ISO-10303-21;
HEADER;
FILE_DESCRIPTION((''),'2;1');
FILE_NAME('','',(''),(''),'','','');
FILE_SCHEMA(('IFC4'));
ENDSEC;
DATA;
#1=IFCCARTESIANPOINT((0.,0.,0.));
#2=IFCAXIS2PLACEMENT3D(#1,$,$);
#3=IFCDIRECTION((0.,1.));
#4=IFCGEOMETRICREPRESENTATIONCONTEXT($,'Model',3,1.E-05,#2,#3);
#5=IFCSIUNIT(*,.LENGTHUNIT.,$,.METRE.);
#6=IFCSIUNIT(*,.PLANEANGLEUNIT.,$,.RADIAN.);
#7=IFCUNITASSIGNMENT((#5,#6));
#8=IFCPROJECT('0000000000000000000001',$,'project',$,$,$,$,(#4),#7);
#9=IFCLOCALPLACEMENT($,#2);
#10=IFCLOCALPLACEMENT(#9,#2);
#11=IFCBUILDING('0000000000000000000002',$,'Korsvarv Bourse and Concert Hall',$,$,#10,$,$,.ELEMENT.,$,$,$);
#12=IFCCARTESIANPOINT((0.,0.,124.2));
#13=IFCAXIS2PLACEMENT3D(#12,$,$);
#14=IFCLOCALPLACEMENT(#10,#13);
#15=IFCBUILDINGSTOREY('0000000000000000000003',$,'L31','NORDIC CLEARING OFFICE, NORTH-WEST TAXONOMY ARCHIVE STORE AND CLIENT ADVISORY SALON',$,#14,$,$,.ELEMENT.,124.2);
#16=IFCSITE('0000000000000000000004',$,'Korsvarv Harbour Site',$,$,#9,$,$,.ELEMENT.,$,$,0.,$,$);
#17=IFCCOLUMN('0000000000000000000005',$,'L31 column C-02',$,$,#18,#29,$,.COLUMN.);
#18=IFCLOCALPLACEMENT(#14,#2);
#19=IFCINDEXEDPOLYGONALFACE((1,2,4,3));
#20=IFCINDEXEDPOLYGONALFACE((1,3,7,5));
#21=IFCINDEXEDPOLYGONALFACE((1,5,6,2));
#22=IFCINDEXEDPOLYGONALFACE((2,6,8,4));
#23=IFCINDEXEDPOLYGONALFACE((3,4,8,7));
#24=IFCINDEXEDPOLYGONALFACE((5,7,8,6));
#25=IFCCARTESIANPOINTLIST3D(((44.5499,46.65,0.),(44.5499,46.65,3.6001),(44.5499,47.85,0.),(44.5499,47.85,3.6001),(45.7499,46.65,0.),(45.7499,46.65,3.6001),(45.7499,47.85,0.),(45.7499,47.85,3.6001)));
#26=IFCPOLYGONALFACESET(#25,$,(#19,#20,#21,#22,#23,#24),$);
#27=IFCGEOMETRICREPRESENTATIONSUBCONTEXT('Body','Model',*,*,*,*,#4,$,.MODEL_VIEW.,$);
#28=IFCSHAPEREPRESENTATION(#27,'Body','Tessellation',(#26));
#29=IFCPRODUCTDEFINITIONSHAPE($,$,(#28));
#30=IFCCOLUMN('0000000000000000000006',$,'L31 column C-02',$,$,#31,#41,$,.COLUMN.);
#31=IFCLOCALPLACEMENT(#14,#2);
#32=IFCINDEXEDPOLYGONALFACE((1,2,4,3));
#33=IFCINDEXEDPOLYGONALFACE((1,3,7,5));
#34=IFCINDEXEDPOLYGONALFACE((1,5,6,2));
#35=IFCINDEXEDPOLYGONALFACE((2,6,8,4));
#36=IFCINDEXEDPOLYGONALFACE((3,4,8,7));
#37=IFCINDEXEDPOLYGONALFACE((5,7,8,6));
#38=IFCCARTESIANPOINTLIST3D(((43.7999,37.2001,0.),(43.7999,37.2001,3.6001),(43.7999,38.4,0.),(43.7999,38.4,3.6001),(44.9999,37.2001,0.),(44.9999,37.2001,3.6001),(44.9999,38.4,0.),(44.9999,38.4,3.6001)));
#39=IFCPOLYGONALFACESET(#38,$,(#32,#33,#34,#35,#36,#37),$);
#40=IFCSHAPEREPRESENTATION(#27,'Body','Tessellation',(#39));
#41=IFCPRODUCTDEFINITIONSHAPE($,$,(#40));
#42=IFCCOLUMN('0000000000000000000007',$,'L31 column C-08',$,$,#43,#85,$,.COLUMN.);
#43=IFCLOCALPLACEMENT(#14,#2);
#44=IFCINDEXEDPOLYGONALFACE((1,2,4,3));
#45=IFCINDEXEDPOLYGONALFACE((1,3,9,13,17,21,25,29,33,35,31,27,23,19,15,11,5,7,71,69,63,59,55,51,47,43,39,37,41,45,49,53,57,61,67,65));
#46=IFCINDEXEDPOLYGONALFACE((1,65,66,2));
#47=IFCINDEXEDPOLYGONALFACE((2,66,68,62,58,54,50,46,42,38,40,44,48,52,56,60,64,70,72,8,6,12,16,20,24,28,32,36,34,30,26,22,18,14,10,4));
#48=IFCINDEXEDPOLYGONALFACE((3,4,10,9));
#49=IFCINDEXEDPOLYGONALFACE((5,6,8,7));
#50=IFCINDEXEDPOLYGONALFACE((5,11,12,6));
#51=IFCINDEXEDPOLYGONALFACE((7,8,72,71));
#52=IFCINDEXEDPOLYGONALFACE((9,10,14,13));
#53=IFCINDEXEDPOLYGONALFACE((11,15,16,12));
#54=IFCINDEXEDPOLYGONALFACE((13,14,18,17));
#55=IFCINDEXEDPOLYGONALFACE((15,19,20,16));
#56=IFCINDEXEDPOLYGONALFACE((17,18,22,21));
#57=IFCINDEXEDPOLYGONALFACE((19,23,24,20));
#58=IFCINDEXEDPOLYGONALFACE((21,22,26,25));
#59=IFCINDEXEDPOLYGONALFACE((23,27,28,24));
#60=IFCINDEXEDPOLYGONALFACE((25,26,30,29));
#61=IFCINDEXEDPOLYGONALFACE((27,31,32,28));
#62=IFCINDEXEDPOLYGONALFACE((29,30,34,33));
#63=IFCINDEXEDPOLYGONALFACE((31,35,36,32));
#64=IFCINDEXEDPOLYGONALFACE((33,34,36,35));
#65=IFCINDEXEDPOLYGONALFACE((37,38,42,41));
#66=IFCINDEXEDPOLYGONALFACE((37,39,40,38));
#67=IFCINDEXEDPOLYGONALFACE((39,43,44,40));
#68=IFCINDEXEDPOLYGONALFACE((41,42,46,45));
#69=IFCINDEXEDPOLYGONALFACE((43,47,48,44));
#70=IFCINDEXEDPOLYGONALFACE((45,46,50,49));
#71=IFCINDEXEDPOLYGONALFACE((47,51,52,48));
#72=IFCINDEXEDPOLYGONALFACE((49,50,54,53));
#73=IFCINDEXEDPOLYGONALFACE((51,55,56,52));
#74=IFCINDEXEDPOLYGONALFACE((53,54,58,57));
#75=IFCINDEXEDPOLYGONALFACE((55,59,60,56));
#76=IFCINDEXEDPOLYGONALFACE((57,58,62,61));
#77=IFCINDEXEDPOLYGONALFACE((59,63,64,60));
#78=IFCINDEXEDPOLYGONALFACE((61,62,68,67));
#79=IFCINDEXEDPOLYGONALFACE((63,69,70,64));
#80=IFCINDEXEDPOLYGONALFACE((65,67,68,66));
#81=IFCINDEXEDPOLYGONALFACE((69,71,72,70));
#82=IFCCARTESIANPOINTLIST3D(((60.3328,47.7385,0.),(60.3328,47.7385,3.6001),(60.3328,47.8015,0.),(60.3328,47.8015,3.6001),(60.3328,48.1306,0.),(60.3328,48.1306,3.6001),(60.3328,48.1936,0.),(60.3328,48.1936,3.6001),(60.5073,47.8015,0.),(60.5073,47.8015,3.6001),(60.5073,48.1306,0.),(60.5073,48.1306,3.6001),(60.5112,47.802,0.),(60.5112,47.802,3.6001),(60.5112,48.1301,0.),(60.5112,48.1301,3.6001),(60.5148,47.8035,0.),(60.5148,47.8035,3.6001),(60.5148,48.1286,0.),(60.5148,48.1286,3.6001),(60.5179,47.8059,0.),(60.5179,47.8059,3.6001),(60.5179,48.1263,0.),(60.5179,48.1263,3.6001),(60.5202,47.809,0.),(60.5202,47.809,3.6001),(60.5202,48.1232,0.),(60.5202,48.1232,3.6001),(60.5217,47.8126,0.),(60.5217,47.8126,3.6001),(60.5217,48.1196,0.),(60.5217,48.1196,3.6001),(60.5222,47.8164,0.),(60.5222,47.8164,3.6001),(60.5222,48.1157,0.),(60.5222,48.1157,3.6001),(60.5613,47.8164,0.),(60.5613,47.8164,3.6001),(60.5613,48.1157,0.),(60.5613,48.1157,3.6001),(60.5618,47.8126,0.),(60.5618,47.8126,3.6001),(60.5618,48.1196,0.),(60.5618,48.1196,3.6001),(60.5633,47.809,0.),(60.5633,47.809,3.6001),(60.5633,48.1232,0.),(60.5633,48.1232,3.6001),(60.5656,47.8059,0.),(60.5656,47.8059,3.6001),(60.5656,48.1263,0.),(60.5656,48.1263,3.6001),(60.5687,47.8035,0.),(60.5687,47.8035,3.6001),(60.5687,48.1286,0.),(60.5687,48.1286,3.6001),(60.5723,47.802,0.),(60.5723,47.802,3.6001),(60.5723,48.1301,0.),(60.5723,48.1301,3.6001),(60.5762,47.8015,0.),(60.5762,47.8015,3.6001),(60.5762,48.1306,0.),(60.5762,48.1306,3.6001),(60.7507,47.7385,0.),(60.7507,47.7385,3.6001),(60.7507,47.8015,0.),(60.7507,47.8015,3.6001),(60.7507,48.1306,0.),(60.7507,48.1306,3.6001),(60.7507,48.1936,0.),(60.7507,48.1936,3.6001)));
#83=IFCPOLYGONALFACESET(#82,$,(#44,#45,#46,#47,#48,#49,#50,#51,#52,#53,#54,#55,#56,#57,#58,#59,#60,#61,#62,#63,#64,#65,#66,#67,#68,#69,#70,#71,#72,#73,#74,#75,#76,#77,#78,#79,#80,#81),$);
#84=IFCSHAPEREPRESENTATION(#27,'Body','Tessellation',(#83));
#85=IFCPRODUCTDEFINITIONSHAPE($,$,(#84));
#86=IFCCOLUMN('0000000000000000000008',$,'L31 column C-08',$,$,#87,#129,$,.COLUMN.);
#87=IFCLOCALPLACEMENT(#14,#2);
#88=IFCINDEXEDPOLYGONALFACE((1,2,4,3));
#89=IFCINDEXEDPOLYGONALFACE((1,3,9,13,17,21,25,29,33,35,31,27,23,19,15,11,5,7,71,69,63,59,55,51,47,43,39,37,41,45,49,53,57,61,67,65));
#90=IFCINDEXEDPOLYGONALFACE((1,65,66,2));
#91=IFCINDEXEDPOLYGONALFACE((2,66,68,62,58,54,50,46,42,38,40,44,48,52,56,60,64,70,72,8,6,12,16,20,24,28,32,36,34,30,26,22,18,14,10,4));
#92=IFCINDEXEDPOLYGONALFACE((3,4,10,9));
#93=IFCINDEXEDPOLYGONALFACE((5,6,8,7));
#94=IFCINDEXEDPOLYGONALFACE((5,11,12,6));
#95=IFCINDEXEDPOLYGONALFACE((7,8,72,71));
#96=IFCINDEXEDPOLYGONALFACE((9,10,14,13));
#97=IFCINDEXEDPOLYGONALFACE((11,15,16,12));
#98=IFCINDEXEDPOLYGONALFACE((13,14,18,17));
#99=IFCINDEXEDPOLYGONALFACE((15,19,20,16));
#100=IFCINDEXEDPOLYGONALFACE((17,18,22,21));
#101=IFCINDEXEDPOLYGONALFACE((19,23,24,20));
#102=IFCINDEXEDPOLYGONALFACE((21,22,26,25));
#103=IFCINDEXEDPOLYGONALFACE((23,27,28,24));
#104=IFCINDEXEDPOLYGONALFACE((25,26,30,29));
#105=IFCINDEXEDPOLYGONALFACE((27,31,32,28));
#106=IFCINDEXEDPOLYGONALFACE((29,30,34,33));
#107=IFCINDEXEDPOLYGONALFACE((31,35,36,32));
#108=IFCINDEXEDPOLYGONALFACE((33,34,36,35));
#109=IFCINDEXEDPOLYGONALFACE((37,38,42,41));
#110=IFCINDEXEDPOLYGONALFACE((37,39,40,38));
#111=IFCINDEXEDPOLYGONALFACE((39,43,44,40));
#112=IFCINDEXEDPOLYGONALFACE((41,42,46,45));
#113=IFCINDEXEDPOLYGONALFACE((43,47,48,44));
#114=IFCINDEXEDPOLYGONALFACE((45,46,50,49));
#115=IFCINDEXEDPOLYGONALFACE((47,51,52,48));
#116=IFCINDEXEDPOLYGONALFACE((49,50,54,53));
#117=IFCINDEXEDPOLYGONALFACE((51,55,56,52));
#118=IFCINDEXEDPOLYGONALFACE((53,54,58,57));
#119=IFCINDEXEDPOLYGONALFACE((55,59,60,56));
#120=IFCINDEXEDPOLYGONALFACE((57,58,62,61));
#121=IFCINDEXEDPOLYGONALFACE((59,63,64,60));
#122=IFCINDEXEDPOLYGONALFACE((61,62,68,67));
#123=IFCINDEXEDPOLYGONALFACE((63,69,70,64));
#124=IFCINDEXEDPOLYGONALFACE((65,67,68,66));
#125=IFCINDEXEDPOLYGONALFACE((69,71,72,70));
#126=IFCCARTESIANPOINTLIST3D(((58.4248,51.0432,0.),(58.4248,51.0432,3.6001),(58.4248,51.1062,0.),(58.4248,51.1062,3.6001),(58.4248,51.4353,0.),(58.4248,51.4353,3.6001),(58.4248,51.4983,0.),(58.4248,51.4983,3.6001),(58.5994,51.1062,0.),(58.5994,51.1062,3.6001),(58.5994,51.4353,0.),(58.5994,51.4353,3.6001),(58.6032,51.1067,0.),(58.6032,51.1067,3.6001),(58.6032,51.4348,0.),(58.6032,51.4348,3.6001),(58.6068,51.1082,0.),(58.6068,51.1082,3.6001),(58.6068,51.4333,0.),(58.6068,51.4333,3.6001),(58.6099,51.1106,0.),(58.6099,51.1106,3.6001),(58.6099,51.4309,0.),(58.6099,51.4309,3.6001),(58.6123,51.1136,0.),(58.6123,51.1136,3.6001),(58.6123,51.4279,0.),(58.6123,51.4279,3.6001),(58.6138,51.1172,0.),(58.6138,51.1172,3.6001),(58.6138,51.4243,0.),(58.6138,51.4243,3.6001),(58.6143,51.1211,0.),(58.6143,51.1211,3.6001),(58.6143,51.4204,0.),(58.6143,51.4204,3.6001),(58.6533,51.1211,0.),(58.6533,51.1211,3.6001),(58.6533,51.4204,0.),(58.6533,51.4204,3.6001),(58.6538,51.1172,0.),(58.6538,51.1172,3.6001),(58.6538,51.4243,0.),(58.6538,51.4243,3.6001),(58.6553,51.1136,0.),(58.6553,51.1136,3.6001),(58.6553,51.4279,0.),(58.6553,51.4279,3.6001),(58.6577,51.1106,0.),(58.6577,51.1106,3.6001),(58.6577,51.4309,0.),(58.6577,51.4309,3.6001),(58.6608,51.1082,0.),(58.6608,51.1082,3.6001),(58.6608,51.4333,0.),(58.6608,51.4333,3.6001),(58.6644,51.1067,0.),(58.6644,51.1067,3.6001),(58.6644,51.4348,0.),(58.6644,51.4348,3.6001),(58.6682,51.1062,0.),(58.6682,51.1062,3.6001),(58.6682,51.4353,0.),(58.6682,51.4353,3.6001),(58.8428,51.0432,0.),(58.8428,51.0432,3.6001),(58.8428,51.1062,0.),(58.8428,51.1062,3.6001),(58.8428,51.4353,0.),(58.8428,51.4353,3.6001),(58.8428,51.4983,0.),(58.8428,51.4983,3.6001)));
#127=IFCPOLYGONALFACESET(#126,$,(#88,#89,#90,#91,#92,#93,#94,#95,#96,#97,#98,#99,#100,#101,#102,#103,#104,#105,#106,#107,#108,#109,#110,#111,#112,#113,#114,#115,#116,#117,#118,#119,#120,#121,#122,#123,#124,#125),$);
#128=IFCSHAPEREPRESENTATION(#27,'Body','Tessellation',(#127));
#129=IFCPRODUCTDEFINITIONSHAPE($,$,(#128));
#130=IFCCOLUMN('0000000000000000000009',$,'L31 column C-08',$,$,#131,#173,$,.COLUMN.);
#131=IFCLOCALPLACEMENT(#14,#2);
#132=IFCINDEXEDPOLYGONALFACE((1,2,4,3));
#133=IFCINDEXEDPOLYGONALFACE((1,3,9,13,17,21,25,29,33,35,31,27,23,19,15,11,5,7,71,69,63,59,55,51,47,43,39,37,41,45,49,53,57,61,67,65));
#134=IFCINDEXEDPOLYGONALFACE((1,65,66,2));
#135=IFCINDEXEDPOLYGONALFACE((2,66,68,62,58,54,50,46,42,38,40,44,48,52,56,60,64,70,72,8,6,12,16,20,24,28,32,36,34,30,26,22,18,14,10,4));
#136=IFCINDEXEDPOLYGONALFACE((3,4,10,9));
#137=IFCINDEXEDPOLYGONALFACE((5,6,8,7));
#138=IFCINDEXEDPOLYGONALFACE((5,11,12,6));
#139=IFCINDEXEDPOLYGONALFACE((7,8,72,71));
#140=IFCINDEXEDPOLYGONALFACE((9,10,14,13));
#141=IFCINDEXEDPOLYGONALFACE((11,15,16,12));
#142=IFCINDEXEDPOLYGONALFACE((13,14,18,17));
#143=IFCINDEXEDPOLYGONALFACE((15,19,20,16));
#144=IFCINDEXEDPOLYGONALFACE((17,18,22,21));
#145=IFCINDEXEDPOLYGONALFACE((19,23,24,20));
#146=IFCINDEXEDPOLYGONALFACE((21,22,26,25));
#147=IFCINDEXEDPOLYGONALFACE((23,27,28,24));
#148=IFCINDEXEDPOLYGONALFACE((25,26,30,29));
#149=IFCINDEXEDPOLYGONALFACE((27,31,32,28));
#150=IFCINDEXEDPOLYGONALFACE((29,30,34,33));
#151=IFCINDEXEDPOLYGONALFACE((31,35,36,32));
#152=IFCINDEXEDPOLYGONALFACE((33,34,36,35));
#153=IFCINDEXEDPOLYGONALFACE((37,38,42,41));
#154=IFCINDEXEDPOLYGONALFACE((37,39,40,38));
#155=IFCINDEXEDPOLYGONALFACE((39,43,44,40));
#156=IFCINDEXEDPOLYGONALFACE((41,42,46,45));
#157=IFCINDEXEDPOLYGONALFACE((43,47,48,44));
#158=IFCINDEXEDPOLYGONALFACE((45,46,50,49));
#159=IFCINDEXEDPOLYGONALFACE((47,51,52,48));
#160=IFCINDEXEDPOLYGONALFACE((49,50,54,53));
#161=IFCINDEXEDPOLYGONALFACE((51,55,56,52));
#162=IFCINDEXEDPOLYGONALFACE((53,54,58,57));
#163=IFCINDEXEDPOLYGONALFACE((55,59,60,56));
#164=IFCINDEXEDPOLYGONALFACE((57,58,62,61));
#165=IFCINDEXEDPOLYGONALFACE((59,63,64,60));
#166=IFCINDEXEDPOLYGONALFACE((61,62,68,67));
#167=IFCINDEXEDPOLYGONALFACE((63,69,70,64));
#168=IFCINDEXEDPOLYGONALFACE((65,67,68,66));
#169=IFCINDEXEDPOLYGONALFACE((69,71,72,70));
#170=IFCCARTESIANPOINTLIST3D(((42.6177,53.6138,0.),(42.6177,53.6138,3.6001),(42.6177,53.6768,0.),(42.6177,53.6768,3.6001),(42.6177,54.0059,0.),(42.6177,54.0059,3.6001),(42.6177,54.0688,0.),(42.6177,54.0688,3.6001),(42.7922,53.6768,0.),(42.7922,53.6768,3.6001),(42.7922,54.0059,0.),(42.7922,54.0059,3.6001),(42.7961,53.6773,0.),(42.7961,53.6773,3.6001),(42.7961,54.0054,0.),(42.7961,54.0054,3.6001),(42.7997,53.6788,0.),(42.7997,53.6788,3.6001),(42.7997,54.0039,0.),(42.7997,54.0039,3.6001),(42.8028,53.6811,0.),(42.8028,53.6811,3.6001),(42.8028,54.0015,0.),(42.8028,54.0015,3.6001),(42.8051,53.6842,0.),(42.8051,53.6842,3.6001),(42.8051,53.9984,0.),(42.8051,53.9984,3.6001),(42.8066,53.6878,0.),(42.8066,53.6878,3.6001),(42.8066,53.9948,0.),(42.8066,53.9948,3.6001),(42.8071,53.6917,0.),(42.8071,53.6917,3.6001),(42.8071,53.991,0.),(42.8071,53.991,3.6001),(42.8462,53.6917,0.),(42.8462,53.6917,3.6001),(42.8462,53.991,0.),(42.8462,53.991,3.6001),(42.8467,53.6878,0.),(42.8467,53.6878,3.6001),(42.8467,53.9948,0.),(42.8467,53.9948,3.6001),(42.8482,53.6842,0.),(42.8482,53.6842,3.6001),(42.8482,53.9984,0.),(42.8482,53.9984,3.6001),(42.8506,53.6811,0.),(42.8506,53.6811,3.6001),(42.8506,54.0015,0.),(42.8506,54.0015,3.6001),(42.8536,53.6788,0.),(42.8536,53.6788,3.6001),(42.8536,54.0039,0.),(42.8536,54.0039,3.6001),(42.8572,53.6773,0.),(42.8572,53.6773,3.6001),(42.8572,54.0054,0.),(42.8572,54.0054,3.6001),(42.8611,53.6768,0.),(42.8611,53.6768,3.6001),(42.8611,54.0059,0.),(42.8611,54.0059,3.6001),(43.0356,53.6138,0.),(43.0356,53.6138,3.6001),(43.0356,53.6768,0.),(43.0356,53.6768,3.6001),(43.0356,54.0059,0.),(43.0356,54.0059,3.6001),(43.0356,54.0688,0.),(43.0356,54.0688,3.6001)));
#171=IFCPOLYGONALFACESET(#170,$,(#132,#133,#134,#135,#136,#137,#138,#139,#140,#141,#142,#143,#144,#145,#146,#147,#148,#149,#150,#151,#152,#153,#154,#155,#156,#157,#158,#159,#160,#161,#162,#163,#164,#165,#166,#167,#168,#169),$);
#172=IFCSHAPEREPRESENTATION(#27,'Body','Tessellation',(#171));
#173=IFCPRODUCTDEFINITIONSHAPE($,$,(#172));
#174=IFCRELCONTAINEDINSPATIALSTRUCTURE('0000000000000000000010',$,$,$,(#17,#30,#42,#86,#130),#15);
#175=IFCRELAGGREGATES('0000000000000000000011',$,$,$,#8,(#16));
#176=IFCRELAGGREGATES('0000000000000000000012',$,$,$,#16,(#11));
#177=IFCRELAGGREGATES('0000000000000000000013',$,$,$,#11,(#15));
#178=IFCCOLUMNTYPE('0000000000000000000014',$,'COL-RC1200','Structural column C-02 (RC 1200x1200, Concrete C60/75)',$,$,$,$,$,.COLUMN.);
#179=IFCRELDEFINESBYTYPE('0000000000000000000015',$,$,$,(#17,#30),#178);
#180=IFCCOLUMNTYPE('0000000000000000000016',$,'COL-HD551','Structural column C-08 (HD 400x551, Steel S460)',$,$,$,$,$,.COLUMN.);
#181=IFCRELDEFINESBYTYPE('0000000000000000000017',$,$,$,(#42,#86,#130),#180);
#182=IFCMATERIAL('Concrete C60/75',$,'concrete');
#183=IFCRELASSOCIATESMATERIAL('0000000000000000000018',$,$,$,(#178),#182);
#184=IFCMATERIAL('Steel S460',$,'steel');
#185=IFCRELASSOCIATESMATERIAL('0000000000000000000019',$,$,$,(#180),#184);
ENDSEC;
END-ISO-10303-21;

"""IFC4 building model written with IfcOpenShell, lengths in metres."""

from ifc_helpers import new_model, si_unit, direction, frame, origin, origin_2d, place, context, subcontext, project, spatial, rectangle, i_section, extrude, source, transform, mapped, material, material_profile, profile_set, type_object, element, save


model = new_model("IFC4")

# Units and contexts
model_context = context("Model", 3, precision=1e-05, world=origin(), true_north=direction((0.0, 1.0)))
body_context = subcontext(model_context, "Body", "Model", "MODEL_VIEW")
ifc_project = project(units=[si_unit("LENGTHUNIT", "METRE"), si_unit("PLANEANGLEUNIT", "RADIAN")], contexts=[model_context])

# Site, building, storey
site_placement = place(None, origin())
site = spatial("IfcSite", under=ifc_project, at=site_placement, Name="Korsvarv Harbour Site", CompositionType="ELEMENT", RefElevation=0.0)
building_placement = place(site_placement, origin())
building = spatial("IfcBuilding", under=site, at=building_placement, Name="Korsvarv Bourse and Concert Hall", CompositionType="ELEMENT")
storey_placement = place(building_placement, frame((0.0, 0.0, 124.2)))
storey = spatial("IfcBuildingStorey", under=building, at=storey_placement, Name="L31", Description="NORDIC CLEARING OFFICE, NORTH-WEST TAXONOMY ARCHIVE STORE AND CLIENT ADVISORY SALON", CompositionType="ELEMENT", Elevation=124.2)

# Columns
ifc_material_1 = material(Name="Concrete C60/75", Category="concrete")
ifc_material_profile_1 = material_profile(ifc_material_1, rectangle(XDim=1.2, YDim=1.2, at=origin_2d()), Name="RC 1200x1200")
ifc_profile_set_1 = profile_set([ifc_material_profile_1], Name="Concrete C60/75")
column_type_1 = type_object("IfcColumnType", Name="COL-RC1200", Description="Structural column C-02 (RC 1200x1200, Concrete C60/75)", PredefinedType="COLUMN", material=ifc_profile_set_1)
shared_shape_1 = source(origin(), body_context, "Body", "SweptSolid", [
    extrude(rectangle(XDim=1.2, YDim=1.2, at=origin_2d()), origin(), (0.0, 0.0, 1.0), 3.6001),
])
for number, where, z_axis, x_axis, name in (
    (1, (45.1499, 47.25, 0.0), (0.0, 0.0, 1.0), (1.0, 0.0, 0.0), "L31 column C-02"),
    (2, (44.3999, 37.8, 0.0), (0.0, 0.0, 1.0), (1.0, 0.0, 0.0), "L31 column C-02"),
):
    element("IfcColumn", number, at=place(storey_placement, frame(where, z_axis=z_axis, x_axis=x_axis)), inside=storey, type_object=column_type_1, Name=name, PredefinedType="COLUMN", context=body_context, shape_type="MappedRepresentation", body=[
        mapped(shared_shape_1, transform((0.0, 0.0, 0.0), scale=1.0)),
    ])
ifc_material_2 = material(Name="Steel S460", Category="steel")
ifc_material_profile_2 = material_profile(ifc_material_2, i_section(OverallWidth=0.418, OverallDepth=0.4551, WebThickness=0.0391, FlangeThickness=0.063, FilletRadius=0.0149, at=origin_2d()), Name="HD 400x551")
ifc_profile_set_2 = profile_set([ifc_material_profile_2], Name="Steel S460")
column_type_2 = type_object("IfcColumnType", Name="COL-HD551", Description="Structural column C-08 (HD 400x551, Steel S460)", PredefinedType="COLUMN", material=ifc_profile_set_2)
shared_shape_2 = source(origin(), body_context, "Body", "SweptSolid", [
    extrude(i_section(OverallWidth=0.418, OverallDepth=0.4551, WebThickness=0.0391, FlangeThickness=0.063, FilletRadius=0.0149, at=origin_2d()), origin(), (0.0, 0.0, 1.0), 3.6001),
])
for number, where, z_axis, x_axis, name in (
    (3, (60.5417, 47.9661, 0.0), (0.0, 0.0, 1.0), (1.0, 0.0, 0.0), "L31 column C-08"),
    (4, (58.6338, 51.2708, 0.0), (0.0, 0.0, 1.0), (1.0, 0.0, 0.0), "L31 column C-08"),
    (5, (42.8267, 53.8413, 0.0), (0.0, 0.0, 1.0), (1.0, 0.0, 0.0), "L31 column C-08"),
):
    element("IfcColumn", number, at=place(storey_placement, frame(where, z_axis=z_axis, x_axis=x_axis)), inside=storey, type_object=column_type_2, Name=name, PredefinedType="COLUMN", context=body_context, shape_type="MappedRepresentation", body=[
        mapped(shared_shape_2, transform((0.0, 0.0, 0.0), scale=1.0)),
    ])

save(model, "model.ifc")
